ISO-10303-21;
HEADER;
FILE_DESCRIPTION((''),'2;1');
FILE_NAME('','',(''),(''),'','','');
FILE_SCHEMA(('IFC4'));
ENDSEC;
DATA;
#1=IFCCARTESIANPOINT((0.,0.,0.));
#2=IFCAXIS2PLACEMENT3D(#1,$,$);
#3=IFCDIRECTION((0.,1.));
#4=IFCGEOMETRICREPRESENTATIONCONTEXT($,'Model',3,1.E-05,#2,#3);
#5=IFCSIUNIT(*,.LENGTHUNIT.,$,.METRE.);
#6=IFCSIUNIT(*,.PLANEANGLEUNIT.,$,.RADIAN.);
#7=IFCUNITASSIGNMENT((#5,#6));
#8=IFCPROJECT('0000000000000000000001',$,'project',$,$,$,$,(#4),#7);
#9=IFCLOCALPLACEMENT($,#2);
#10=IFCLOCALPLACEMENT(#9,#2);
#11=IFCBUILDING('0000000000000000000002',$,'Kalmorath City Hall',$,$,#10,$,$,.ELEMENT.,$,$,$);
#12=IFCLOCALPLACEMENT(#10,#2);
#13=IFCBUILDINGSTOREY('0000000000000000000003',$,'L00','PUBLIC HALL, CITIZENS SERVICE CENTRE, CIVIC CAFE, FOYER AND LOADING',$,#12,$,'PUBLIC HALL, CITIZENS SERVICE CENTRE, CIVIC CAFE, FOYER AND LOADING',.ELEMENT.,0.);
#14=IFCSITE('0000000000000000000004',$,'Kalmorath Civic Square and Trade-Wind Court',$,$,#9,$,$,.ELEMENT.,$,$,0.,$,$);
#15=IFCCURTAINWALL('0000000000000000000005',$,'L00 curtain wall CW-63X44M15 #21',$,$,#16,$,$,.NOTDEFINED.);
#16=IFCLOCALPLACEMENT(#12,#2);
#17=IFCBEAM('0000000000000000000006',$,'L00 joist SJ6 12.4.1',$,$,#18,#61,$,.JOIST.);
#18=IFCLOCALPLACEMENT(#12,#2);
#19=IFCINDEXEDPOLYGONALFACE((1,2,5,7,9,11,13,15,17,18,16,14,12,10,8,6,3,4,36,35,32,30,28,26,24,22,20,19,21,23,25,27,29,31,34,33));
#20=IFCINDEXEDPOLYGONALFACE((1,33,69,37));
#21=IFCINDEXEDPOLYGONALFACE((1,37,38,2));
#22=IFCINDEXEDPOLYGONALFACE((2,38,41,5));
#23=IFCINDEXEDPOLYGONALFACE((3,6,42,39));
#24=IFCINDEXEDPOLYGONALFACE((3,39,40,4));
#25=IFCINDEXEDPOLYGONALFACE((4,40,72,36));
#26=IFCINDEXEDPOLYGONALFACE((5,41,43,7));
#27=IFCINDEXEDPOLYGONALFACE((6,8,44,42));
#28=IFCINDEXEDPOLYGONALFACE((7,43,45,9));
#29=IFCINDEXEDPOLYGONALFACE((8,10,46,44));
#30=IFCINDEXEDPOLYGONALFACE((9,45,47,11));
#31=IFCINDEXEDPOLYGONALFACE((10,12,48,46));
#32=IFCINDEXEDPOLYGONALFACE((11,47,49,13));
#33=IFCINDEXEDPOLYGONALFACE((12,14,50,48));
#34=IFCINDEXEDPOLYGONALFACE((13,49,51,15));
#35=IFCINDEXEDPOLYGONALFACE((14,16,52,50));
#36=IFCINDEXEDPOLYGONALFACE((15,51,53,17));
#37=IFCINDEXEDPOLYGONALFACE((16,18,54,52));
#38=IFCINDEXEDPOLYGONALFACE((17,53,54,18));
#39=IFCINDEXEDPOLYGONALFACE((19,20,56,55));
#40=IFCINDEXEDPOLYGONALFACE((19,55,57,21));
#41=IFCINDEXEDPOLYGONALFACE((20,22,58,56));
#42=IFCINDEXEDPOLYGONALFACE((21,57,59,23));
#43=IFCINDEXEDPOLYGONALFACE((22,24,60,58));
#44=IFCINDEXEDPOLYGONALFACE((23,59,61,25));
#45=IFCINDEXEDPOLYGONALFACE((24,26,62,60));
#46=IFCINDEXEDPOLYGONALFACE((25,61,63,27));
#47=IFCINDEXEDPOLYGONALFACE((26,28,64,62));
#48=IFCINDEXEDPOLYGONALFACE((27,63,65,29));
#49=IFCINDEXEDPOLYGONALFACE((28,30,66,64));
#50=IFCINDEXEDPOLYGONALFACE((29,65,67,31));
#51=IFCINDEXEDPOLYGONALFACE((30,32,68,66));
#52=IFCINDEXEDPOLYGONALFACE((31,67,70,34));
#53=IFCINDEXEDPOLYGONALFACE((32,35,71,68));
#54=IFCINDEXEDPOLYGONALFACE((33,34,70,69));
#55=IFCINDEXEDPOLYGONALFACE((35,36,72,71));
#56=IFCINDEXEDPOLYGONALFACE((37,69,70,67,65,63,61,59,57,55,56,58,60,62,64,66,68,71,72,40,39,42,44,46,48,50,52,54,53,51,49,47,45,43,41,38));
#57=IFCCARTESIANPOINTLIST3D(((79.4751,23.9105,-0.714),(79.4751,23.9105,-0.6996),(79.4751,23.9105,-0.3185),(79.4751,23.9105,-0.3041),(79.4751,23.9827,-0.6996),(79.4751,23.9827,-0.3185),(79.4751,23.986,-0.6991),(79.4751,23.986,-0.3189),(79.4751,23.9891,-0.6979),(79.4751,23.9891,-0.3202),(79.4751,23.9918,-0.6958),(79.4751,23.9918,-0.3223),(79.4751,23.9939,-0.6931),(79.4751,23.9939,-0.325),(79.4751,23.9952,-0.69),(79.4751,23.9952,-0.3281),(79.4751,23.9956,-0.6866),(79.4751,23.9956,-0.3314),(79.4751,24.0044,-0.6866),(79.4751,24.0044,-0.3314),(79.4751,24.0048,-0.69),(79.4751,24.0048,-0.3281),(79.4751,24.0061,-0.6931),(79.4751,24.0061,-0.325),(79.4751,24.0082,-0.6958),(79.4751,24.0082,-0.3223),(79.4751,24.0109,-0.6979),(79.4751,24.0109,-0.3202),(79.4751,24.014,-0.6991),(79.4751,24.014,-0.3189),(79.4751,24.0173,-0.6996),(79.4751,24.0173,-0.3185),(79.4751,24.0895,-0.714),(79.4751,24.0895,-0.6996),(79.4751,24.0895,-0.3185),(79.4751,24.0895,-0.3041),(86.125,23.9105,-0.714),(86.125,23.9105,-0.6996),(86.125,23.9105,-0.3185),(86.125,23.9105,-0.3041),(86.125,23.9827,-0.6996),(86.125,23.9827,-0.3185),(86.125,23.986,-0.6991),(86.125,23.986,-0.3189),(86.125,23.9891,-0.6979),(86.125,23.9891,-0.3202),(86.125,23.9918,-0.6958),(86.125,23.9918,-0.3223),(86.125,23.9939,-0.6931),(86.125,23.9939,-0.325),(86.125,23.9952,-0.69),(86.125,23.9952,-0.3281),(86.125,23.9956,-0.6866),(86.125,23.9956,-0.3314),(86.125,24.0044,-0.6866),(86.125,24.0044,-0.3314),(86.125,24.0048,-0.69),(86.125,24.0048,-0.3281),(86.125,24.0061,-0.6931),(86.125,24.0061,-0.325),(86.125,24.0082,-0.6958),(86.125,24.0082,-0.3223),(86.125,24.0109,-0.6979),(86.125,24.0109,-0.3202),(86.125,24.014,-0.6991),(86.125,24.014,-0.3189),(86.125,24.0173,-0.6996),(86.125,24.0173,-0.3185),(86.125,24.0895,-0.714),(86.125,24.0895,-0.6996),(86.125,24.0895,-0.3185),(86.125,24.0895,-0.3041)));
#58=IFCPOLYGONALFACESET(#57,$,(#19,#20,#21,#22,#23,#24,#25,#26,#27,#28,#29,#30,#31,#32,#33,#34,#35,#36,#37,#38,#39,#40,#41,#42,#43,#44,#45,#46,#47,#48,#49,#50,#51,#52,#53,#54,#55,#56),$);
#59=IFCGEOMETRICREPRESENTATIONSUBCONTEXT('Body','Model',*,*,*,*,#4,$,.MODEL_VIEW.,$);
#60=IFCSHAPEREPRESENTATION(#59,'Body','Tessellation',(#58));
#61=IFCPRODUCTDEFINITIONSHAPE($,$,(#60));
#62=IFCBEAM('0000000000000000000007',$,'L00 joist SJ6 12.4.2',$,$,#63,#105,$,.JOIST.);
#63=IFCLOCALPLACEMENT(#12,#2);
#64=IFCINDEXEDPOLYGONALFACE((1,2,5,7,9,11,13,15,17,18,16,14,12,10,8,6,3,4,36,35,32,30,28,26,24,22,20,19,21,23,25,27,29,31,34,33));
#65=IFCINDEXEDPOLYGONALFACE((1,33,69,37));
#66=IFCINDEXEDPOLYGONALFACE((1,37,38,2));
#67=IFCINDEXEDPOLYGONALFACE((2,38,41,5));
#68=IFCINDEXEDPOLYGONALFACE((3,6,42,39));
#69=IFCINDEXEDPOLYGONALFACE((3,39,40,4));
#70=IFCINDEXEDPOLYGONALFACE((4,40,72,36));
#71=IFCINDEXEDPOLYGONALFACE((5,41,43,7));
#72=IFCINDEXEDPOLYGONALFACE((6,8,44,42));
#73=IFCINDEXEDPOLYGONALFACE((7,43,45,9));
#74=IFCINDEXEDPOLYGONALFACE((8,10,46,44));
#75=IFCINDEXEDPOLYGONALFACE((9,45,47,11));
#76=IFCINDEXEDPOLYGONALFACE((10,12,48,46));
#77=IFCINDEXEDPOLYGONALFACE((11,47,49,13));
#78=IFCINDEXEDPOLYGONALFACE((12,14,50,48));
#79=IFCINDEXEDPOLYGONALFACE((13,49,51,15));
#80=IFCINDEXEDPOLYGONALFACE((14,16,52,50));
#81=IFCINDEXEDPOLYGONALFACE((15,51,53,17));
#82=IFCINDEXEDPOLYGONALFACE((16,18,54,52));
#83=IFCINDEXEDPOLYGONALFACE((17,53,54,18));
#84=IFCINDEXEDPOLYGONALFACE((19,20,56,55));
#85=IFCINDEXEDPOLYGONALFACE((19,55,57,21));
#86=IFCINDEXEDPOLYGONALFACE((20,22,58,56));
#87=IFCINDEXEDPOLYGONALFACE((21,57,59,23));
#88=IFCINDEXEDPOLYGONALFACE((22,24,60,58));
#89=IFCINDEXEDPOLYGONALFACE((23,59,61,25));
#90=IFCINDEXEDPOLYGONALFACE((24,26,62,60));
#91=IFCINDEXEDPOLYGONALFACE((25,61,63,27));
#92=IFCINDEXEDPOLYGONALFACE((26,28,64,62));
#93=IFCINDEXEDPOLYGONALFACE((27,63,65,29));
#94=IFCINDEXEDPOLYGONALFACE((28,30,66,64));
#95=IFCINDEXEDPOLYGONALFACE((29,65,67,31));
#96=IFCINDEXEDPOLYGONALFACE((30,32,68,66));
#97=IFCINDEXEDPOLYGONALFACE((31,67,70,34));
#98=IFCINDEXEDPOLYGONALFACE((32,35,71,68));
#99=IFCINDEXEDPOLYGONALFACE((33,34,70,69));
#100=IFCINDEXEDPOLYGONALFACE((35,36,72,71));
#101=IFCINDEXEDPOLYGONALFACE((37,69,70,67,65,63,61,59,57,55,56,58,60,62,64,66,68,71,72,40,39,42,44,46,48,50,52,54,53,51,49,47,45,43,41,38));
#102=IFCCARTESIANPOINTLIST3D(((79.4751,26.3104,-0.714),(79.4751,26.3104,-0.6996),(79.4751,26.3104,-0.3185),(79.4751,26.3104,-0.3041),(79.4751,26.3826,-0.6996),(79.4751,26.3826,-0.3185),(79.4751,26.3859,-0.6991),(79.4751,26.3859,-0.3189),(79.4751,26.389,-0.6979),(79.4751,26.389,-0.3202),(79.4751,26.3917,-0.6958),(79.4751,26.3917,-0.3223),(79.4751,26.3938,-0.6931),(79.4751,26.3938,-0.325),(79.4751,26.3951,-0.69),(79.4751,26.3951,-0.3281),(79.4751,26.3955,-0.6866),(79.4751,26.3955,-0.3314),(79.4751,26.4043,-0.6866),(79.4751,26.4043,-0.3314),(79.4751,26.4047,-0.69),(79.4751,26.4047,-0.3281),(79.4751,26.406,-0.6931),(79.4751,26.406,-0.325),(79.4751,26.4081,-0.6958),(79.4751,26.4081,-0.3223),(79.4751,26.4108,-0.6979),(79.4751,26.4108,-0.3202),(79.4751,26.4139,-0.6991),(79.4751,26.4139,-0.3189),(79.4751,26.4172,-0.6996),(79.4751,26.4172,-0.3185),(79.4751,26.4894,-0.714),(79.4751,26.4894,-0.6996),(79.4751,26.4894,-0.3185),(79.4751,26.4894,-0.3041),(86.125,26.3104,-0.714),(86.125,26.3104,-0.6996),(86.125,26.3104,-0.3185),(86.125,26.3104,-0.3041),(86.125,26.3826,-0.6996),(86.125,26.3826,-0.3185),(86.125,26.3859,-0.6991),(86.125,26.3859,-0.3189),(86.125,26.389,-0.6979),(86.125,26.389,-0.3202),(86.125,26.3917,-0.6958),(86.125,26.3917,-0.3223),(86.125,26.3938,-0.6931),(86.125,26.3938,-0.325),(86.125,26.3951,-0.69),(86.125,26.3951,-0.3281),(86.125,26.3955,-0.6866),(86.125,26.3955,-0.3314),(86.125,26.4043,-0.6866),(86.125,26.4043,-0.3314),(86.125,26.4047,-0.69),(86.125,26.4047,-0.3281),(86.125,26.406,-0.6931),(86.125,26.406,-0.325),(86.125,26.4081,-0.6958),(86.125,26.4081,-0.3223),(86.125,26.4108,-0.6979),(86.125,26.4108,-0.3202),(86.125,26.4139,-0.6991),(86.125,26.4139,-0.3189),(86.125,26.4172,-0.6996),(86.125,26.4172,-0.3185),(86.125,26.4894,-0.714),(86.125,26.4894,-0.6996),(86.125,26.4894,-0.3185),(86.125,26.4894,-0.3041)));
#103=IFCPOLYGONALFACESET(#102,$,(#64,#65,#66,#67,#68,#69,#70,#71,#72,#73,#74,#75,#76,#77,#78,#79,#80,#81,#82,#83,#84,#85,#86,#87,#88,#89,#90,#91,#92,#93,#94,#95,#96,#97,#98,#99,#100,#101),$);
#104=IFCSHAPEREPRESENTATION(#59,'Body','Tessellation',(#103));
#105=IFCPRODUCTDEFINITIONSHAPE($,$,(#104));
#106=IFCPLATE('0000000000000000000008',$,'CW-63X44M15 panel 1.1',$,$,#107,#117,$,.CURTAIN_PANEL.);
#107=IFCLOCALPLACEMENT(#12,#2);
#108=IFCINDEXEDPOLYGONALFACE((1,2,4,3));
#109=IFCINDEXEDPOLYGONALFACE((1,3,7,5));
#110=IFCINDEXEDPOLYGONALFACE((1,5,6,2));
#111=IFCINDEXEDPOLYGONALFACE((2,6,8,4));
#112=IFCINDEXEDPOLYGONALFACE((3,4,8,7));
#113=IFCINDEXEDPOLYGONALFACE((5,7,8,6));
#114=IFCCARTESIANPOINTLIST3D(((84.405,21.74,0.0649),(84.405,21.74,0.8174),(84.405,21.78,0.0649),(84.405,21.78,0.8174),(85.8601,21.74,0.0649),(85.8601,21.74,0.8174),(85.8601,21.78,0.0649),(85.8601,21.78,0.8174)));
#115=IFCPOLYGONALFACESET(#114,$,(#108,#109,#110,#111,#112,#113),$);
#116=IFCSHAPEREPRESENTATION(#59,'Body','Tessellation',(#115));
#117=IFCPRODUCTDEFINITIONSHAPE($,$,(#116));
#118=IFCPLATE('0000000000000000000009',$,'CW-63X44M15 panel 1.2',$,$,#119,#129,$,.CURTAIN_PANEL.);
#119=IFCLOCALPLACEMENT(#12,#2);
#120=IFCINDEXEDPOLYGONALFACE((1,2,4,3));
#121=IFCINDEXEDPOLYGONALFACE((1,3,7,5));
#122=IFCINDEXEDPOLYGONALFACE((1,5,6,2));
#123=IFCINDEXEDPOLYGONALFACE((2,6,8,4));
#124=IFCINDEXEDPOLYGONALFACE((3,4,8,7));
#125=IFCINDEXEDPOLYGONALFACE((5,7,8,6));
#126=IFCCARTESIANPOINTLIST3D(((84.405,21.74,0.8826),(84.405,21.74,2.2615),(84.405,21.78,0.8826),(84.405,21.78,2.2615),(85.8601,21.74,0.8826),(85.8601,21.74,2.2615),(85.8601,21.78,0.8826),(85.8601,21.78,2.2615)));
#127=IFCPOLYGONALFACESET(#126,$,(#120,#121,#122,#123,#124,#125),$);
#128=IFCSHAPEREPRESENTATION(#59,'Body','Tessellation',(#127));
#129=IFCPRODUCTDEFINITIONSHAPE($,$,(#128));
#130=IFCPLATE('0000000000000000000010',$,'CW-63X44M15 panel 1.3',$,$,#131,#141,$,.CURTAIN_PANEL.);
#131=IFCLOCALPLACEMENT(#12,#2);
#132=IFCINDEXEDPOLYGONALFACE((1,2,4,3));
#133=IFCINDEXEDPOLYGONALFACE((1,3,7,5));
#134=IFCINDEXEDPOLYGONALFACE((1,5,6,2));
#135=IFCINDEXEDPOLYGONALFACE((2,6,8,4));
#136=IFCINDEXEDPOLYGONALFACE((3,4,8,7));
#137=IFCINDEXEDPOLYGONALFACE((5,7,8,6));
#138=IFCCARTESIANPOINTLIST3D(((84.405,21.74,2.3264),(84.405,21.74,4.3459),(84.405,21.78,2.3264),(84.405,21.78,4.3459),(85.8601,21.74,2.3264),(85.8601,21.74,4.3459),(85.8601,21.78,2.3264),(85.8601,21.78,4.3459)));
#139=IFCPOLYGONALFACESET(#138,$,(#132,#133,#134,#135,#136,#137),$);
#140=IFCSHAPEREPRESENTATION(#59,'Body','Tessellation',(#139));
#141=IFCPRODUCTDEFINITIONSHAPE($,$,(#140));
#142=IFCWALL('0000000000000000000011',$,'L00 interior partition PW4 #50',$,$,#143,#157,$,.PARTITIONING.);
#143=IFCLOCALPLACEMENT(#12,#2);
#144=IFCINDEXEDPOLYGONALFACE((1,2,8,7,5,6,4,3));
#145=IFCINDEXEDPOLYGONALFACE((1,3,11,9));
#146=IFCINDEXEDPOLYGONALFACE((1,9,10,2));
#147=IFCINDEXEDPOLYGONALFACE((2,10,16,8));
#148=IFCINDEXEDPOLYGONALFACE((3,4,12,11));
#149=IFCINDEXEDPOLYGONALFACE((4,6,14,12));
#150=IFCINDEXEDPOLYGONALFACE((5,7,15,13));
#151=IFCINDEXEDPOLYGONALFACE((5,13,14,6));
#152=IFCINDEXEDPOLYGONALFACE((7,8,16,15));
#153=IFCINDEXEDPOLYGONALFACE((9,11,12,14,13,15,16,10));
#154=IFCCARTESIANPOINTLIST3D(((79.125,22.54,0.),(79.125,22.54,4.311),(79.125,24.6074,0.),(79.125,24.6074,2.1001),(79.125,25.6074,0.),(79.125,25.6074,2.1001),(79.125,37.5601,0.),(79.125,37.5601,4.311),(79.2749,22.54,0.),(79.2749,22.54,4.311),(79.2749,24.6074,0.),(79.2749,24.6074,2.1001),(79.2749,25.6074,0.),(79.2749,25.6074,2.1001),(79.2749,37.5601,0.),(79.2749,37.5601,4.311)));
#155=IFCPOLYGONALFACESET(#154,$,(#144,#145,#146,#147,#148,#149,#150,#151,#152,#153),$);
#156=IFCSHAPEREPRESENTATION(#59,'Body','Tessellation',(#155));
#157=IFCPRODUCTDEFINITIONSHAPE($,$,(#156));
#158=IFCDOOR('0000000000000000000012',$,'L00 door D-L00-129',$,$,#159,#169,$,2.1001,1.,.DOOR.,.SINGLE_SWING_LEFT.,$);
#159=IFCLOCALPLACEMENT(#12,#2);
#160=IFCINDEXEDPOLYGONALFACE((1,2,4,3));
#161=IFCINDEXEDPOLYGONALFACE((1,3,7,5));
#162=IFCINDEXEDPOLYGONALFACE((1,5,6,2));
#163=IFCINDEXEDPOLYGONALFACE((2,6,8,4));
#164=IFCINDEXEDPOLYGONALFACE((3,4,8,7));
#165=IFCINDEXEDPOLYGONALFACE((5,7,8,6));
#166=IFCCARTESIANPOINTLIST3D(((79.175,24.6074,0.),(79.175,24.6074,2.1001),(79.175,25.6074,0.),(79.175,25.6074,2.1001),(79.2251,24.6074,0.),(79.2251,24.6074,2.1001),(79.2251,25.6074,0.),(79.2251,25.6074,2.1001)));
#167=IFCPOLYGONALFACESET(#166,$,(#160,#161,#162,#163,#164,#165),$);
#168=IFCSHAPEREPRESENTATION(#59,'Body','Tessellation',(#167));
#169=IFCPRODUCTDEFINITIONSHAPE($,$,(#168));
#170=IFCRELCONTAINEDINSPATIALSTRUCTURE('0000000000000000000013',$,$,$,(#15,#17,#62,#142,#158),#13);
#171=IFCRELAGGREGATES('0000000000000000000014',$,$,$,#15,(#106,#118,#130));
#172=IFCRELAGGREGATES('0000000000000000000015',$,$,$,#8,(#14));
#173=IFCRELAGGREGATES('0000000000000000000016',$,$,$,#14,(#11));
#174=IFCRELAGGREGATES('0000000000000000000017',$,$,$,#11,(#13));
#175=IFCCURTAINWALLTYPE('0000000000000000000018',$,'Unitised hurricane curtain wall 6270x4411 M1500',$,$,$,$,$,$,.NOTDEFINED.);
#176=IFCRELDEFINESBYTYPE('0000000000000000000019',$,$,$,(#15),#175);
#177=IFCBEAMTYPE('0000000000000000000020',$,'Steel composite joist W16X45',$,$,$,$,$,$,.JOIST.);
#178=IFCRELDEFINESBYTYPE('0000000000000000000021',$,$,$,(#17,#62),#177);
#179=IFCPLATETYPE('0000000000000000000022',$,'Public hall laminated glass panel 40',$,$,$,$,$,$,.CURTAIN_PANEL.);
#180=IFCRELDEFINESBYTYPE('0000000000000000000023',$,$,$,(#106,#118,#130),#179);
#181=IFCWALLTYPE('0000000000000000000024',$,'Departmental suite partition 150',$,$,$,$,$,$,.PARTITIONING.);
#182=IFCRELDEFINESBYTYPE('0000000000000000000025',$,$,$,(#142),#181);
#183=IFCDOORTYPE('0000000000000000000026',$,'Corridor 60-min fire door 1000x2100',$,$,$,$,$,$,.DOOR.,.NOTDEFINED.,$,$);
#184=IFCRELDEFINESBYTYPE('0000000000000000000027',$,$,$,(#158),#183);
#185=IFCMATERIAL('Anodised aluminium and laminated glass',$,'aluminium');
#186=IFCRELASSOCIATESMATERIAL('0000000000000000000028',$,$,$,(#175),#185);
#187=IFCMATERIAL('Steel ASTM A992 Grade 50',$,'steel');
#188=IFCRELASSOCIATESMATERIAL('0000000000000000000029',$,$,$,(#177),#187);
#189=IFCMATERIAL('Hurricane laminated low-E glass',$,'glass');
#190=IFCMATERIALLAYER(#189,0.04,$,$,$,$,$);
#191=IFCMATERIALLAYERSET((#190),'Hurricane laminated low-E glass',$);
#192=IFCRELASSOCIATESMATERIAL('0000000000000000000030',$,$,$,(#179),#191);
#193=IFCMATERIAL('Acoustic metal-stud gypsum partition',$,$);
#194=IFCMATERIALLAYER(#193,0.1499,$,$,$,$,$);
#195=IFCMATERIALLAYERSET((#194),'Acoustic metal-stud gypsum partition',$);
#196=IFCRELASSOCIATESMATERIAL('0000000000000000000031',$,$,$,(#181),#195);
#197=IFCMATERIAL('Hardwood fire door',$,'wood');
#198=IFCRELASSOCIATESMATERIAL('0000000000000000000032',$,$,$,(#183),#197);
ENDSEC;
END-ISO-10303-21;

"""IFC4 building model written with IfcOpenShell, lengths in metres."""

from ifc_helpers import new_model, si_unit, direction, frame, frame_2d, origin, origin_2d, place, context, subcontext, project, spatial, rectangle, i_section, extrude, material, layer, layer_set, material_profile, profile_set, type_object, element, fill, aggregate, save


model = new_model("IFC4")

# Units and contexts
model_context = context("Model", 3, precision=1e-05, world=origin(), true_north=direction((0.0, 1.0)))
body_context = subcontext(model_context, "Body", "Model", "MODEL_VIEW")
ifc_project = project(units=[si_unit("LENGTHUNIT", "METRE"), si_unit("PLANEANGLEUNIT", "RADIAN")], contexts=[model_context])

# Site, building, storey
site_placement = place(None, origin())
site = spatial("IfcSite", under=ifc_project, at=site_placement, Name="Kalmorath Civic Square and Trade-Wind Court", CompositionType="ELEMENT", RefElevation=0.0)
building_placement = place(site_placement, origin())
building = spatial("IfcBuilding", under=site, at=building_placement, Name="Kalmorath City Hall", CompositionType="ELEMENT")
storey_placement = place(building_placement, origin())
storey = spatial("IfcBuildingStorey", under=building, at=storey_placement, Name="L00", Description="PUBLIC HALL, CITIZENS SERVICE CENTRE, CIVIC CAFE, FOYER AND LOADING", LongName="PUBLIC HALL, CITIZENS SERVICE CENTRE, CIVIC CAFE, FOYER AND LOADING", CompositionType="ELEMENT", Elevation=0.0)

# Curtain wall
ifc_material_1 = material(Name="Anodised aluminium and laminated glass", Category="aluminium")
curtain_wall_type = type_object("IfcCurtainWallType", Name="Unitised hurricane curtain wall 6270x4411 M1500", PredefinedType="NOTDEFINED", material=ifc_material_1)
curtain_wall_placement = place(storey_placement, origin())
curtain_wall = element("IfcCurtainWall", 1, at=curtain_wall_placement, inside=storey, type_object=curtain_wall_type, Name="L00 curtain wall CW-63X44M15 #21", PredefinedType="NOTDEFINED")

# Beams
ifc_material_2 = material(Name="Steel ASTM A992 Grade 50", Category="steel")
ifc_material_profile_1 = material_profile(ifc_material_2, i_section(OverallWidth=0.179, OverallDepth=0.4099, WebThickness=0.0088, FlangeThickness=0.0144, FilletRadius=0.0129, at=origin_2d()), Name="W16X45")
ifc_profile_set_1 = profile_set([ifc_material_profile_1], Name="Steel ASTM A992 Grade 50")
beam_type_1 = type_object("IfcBeamType", Name="Steel composite joist W16X45", PredefinedType="JOIST", material=ifc_profile_set_1)
for number, where, z_axis, x_axis, name in (
    (2, (79.4751, 24.0, -0.509), (1.0, 0.0, 0.0), (0.0, 1.0, 0.0), "L00 joist SJ6 12.4.1"),
    (3, (79.4751, 26.3999, -0.509), (1.0, 0.0, 0.0), (0.0, 1.0, 0.0), "L00 joist SJ6 12.4.2"),
):
    element("IfcBeam", number, at=place(storey_placement, frame(where, z_axis=z_axis, x_axis=x_axis)), inside=storey, type_object=beam_type_1, Name=name, PredefinedType="JOIST", context=body_context, shape_type="SweptSolid", body=[
        extrude(i_section(OverallWidth=0.179, OverallDepth=0.4099, WebThickness=0.0088, FlangeThickness=0.0144, FilletRadius=0.0129, at=origin_2d()), origin(), (0.0, 0.0, 1.0), 6.6499),
    ])

# Plates
ifc_material_3 = material(Name="Hurricane laminated low-E glass", Category="glass")
ifc_layer_1 = layer(ifc_material_3, 0.04)
ifc_layer_set_1 = layer_set([ifc_layer_1], Name="Hurricane laminated low-E glass")
plate_type = type_object("IfcPlateType", Name="Public hall laminated glass panel 40", PredefinedType="CURTAIN_PANEL", material=ifc_layer_set_1)
plate_1_placement = place(storey_placement, frame((85.1326, 21.76, 0.0649), z_axis=(0.0, 0.0, 1.0), x_axis=(-1.0, 0.0, 0.0)))
plate_1 = element("IfcPlate", 4, at=plate_1_placement, type_object=plate_type, Name="CW-63X44M15 panel 1.1", PredefinedType="CURTAIN_PANEL", context=body_context, shape_type="SweptSolid", body=[
    extrude(rectangle(XDim=1.4551, YDim=0.04, at=origin_2d()), origin(), (0.0, 0.0, 1.0), 0.7524),
])
plate_2_placement = place(storey_placement, frame((85.1326, 21.76, 0.8826), z_axis=(0.0, 0.0, 1.0), x_axis=(-1.0, 0.0, 0.0)))
plate_2 = element("IfcPlate", 5, at=plate_2_placement, type_object=plate_type, Name="CW-63X44M15 panel 1.2", PredefinedType="CURTAIN_PANEL", context=body_context, shape_type="SweptSolid", body=[
    extrude(rectangle(XDim=1.4551, YDim=0.04, at=origin_2d()), origin(), (0.0, 0.0, 1.0), 1.3789),
])
plate_3_placement = place(storey_placement, frame((85.1326, 21.76, 2.3264), z_axis=(0.0, 0.0, 1.0), x_axis=(-1.0, 0.0, 0.0)))
plate_3 = element("IfcPlate", 6, at=plate_3_placement, type_object=plate_type, Name="CW-63X44M15 panel 1.3", PredefinedType="CURTAIN_PANEL", context=body_context, shape_type="SweptSolid", body=[
    extrude(rectangle(XDim=1.4551, YDim=0.04, at=origin_2d()), origin(), (0.0, 0.0, 1.0), 2.0195),
])
aggregate(curtain_wall, [plate_1, plate_2, plate_3])

# Wall, opening, door
ifc_material_4 = material(Name="Acoustic metal-stud gypsum partition")
ifc_layer_2 = layer(ifc_material_4, 0.1499)
ifc_layer_set_2 = layer_set([ifc_layer_2], Name="Acoustic metal-stud gypsum partition")
wall_type = type_object("IfcWallType", Name="Departmental suite partition 150", PredefinedType="PARTITIONING", material=ifc_layer_set_2)
wall_placement = place(storey_placement, frame((79.2, 22.54, 0.0), z_axis=(0.0, 0.0, 1.0), x_axis=(0.0, 1.0, 0.0)))
wall = element("IfcWall", 7, at=wall_placement, inside=storey, type_object=wall_type, Name="L00 interior partition PW4 #50", PredefinedType="PARTITIONING", context=body_context, shape_type="SweptSolid", body=[
    extrude(rectangle(XDim=15.02, YDim=0.1499, at=frame_2d((7.51, 0.0))), origin(), (0.0, 0.0, 1.0), 4.311),
])
opening_placement = place(wall_placement, frame((2.0674, 0.0, 0.0)))
opening = element("IfcOpeningElement", 8, at=opening_placement, cuts=wall, PredefinedType="OPENING", context=body_context, shape_type="SweptSolid", body=[
    extrude(rectangle(XDim=1.0, YDim=2.1001, at=frame_2d((0.5, 1.05))), frame((0.0, 0.085, 0.0), z_axis=(0.0, -1.0, 0.0), x_axis=(1.0, 0.0, 0.0)), (0.0, 0.0, 1.0), 0.1699),
])
ifc_material_5 = material(Name="Hardwood fire door", Category="wood")
door_type = type_object("IfcDoorType", Name="Corridor 60-min fire door 1000x2100", OperationType="NOTDEFINED", PredefinedType="DOOR", material=ifc_material_5)
door_placement = place(opening_placement, origin())
door = element("IfcDoor", 9, at=door_placement, inside=storey, type_object=door_type, Name="L00 door D-L00-129", OperationType="SINGLE_SWING_LEFT", OverallHeight=2.1001, OverallWidth=1.0, PredefinedType="DOOR", context=body_context, shape_type="SweptSolid", body=[
    extrude(rectangle(XDim=1.0, YDim=2.1001, at=frame_2d((0.5, 1.05))), frame((0.0, 0.0249, 0.0), z_axis=(0.0, -1.0, 0.0), x_axis=(1.0, 0.0, 0.0)), (0.0, 0.0, 1.0), 0.05),
])
fill(opening, door)

save(model, "model.ifc")
